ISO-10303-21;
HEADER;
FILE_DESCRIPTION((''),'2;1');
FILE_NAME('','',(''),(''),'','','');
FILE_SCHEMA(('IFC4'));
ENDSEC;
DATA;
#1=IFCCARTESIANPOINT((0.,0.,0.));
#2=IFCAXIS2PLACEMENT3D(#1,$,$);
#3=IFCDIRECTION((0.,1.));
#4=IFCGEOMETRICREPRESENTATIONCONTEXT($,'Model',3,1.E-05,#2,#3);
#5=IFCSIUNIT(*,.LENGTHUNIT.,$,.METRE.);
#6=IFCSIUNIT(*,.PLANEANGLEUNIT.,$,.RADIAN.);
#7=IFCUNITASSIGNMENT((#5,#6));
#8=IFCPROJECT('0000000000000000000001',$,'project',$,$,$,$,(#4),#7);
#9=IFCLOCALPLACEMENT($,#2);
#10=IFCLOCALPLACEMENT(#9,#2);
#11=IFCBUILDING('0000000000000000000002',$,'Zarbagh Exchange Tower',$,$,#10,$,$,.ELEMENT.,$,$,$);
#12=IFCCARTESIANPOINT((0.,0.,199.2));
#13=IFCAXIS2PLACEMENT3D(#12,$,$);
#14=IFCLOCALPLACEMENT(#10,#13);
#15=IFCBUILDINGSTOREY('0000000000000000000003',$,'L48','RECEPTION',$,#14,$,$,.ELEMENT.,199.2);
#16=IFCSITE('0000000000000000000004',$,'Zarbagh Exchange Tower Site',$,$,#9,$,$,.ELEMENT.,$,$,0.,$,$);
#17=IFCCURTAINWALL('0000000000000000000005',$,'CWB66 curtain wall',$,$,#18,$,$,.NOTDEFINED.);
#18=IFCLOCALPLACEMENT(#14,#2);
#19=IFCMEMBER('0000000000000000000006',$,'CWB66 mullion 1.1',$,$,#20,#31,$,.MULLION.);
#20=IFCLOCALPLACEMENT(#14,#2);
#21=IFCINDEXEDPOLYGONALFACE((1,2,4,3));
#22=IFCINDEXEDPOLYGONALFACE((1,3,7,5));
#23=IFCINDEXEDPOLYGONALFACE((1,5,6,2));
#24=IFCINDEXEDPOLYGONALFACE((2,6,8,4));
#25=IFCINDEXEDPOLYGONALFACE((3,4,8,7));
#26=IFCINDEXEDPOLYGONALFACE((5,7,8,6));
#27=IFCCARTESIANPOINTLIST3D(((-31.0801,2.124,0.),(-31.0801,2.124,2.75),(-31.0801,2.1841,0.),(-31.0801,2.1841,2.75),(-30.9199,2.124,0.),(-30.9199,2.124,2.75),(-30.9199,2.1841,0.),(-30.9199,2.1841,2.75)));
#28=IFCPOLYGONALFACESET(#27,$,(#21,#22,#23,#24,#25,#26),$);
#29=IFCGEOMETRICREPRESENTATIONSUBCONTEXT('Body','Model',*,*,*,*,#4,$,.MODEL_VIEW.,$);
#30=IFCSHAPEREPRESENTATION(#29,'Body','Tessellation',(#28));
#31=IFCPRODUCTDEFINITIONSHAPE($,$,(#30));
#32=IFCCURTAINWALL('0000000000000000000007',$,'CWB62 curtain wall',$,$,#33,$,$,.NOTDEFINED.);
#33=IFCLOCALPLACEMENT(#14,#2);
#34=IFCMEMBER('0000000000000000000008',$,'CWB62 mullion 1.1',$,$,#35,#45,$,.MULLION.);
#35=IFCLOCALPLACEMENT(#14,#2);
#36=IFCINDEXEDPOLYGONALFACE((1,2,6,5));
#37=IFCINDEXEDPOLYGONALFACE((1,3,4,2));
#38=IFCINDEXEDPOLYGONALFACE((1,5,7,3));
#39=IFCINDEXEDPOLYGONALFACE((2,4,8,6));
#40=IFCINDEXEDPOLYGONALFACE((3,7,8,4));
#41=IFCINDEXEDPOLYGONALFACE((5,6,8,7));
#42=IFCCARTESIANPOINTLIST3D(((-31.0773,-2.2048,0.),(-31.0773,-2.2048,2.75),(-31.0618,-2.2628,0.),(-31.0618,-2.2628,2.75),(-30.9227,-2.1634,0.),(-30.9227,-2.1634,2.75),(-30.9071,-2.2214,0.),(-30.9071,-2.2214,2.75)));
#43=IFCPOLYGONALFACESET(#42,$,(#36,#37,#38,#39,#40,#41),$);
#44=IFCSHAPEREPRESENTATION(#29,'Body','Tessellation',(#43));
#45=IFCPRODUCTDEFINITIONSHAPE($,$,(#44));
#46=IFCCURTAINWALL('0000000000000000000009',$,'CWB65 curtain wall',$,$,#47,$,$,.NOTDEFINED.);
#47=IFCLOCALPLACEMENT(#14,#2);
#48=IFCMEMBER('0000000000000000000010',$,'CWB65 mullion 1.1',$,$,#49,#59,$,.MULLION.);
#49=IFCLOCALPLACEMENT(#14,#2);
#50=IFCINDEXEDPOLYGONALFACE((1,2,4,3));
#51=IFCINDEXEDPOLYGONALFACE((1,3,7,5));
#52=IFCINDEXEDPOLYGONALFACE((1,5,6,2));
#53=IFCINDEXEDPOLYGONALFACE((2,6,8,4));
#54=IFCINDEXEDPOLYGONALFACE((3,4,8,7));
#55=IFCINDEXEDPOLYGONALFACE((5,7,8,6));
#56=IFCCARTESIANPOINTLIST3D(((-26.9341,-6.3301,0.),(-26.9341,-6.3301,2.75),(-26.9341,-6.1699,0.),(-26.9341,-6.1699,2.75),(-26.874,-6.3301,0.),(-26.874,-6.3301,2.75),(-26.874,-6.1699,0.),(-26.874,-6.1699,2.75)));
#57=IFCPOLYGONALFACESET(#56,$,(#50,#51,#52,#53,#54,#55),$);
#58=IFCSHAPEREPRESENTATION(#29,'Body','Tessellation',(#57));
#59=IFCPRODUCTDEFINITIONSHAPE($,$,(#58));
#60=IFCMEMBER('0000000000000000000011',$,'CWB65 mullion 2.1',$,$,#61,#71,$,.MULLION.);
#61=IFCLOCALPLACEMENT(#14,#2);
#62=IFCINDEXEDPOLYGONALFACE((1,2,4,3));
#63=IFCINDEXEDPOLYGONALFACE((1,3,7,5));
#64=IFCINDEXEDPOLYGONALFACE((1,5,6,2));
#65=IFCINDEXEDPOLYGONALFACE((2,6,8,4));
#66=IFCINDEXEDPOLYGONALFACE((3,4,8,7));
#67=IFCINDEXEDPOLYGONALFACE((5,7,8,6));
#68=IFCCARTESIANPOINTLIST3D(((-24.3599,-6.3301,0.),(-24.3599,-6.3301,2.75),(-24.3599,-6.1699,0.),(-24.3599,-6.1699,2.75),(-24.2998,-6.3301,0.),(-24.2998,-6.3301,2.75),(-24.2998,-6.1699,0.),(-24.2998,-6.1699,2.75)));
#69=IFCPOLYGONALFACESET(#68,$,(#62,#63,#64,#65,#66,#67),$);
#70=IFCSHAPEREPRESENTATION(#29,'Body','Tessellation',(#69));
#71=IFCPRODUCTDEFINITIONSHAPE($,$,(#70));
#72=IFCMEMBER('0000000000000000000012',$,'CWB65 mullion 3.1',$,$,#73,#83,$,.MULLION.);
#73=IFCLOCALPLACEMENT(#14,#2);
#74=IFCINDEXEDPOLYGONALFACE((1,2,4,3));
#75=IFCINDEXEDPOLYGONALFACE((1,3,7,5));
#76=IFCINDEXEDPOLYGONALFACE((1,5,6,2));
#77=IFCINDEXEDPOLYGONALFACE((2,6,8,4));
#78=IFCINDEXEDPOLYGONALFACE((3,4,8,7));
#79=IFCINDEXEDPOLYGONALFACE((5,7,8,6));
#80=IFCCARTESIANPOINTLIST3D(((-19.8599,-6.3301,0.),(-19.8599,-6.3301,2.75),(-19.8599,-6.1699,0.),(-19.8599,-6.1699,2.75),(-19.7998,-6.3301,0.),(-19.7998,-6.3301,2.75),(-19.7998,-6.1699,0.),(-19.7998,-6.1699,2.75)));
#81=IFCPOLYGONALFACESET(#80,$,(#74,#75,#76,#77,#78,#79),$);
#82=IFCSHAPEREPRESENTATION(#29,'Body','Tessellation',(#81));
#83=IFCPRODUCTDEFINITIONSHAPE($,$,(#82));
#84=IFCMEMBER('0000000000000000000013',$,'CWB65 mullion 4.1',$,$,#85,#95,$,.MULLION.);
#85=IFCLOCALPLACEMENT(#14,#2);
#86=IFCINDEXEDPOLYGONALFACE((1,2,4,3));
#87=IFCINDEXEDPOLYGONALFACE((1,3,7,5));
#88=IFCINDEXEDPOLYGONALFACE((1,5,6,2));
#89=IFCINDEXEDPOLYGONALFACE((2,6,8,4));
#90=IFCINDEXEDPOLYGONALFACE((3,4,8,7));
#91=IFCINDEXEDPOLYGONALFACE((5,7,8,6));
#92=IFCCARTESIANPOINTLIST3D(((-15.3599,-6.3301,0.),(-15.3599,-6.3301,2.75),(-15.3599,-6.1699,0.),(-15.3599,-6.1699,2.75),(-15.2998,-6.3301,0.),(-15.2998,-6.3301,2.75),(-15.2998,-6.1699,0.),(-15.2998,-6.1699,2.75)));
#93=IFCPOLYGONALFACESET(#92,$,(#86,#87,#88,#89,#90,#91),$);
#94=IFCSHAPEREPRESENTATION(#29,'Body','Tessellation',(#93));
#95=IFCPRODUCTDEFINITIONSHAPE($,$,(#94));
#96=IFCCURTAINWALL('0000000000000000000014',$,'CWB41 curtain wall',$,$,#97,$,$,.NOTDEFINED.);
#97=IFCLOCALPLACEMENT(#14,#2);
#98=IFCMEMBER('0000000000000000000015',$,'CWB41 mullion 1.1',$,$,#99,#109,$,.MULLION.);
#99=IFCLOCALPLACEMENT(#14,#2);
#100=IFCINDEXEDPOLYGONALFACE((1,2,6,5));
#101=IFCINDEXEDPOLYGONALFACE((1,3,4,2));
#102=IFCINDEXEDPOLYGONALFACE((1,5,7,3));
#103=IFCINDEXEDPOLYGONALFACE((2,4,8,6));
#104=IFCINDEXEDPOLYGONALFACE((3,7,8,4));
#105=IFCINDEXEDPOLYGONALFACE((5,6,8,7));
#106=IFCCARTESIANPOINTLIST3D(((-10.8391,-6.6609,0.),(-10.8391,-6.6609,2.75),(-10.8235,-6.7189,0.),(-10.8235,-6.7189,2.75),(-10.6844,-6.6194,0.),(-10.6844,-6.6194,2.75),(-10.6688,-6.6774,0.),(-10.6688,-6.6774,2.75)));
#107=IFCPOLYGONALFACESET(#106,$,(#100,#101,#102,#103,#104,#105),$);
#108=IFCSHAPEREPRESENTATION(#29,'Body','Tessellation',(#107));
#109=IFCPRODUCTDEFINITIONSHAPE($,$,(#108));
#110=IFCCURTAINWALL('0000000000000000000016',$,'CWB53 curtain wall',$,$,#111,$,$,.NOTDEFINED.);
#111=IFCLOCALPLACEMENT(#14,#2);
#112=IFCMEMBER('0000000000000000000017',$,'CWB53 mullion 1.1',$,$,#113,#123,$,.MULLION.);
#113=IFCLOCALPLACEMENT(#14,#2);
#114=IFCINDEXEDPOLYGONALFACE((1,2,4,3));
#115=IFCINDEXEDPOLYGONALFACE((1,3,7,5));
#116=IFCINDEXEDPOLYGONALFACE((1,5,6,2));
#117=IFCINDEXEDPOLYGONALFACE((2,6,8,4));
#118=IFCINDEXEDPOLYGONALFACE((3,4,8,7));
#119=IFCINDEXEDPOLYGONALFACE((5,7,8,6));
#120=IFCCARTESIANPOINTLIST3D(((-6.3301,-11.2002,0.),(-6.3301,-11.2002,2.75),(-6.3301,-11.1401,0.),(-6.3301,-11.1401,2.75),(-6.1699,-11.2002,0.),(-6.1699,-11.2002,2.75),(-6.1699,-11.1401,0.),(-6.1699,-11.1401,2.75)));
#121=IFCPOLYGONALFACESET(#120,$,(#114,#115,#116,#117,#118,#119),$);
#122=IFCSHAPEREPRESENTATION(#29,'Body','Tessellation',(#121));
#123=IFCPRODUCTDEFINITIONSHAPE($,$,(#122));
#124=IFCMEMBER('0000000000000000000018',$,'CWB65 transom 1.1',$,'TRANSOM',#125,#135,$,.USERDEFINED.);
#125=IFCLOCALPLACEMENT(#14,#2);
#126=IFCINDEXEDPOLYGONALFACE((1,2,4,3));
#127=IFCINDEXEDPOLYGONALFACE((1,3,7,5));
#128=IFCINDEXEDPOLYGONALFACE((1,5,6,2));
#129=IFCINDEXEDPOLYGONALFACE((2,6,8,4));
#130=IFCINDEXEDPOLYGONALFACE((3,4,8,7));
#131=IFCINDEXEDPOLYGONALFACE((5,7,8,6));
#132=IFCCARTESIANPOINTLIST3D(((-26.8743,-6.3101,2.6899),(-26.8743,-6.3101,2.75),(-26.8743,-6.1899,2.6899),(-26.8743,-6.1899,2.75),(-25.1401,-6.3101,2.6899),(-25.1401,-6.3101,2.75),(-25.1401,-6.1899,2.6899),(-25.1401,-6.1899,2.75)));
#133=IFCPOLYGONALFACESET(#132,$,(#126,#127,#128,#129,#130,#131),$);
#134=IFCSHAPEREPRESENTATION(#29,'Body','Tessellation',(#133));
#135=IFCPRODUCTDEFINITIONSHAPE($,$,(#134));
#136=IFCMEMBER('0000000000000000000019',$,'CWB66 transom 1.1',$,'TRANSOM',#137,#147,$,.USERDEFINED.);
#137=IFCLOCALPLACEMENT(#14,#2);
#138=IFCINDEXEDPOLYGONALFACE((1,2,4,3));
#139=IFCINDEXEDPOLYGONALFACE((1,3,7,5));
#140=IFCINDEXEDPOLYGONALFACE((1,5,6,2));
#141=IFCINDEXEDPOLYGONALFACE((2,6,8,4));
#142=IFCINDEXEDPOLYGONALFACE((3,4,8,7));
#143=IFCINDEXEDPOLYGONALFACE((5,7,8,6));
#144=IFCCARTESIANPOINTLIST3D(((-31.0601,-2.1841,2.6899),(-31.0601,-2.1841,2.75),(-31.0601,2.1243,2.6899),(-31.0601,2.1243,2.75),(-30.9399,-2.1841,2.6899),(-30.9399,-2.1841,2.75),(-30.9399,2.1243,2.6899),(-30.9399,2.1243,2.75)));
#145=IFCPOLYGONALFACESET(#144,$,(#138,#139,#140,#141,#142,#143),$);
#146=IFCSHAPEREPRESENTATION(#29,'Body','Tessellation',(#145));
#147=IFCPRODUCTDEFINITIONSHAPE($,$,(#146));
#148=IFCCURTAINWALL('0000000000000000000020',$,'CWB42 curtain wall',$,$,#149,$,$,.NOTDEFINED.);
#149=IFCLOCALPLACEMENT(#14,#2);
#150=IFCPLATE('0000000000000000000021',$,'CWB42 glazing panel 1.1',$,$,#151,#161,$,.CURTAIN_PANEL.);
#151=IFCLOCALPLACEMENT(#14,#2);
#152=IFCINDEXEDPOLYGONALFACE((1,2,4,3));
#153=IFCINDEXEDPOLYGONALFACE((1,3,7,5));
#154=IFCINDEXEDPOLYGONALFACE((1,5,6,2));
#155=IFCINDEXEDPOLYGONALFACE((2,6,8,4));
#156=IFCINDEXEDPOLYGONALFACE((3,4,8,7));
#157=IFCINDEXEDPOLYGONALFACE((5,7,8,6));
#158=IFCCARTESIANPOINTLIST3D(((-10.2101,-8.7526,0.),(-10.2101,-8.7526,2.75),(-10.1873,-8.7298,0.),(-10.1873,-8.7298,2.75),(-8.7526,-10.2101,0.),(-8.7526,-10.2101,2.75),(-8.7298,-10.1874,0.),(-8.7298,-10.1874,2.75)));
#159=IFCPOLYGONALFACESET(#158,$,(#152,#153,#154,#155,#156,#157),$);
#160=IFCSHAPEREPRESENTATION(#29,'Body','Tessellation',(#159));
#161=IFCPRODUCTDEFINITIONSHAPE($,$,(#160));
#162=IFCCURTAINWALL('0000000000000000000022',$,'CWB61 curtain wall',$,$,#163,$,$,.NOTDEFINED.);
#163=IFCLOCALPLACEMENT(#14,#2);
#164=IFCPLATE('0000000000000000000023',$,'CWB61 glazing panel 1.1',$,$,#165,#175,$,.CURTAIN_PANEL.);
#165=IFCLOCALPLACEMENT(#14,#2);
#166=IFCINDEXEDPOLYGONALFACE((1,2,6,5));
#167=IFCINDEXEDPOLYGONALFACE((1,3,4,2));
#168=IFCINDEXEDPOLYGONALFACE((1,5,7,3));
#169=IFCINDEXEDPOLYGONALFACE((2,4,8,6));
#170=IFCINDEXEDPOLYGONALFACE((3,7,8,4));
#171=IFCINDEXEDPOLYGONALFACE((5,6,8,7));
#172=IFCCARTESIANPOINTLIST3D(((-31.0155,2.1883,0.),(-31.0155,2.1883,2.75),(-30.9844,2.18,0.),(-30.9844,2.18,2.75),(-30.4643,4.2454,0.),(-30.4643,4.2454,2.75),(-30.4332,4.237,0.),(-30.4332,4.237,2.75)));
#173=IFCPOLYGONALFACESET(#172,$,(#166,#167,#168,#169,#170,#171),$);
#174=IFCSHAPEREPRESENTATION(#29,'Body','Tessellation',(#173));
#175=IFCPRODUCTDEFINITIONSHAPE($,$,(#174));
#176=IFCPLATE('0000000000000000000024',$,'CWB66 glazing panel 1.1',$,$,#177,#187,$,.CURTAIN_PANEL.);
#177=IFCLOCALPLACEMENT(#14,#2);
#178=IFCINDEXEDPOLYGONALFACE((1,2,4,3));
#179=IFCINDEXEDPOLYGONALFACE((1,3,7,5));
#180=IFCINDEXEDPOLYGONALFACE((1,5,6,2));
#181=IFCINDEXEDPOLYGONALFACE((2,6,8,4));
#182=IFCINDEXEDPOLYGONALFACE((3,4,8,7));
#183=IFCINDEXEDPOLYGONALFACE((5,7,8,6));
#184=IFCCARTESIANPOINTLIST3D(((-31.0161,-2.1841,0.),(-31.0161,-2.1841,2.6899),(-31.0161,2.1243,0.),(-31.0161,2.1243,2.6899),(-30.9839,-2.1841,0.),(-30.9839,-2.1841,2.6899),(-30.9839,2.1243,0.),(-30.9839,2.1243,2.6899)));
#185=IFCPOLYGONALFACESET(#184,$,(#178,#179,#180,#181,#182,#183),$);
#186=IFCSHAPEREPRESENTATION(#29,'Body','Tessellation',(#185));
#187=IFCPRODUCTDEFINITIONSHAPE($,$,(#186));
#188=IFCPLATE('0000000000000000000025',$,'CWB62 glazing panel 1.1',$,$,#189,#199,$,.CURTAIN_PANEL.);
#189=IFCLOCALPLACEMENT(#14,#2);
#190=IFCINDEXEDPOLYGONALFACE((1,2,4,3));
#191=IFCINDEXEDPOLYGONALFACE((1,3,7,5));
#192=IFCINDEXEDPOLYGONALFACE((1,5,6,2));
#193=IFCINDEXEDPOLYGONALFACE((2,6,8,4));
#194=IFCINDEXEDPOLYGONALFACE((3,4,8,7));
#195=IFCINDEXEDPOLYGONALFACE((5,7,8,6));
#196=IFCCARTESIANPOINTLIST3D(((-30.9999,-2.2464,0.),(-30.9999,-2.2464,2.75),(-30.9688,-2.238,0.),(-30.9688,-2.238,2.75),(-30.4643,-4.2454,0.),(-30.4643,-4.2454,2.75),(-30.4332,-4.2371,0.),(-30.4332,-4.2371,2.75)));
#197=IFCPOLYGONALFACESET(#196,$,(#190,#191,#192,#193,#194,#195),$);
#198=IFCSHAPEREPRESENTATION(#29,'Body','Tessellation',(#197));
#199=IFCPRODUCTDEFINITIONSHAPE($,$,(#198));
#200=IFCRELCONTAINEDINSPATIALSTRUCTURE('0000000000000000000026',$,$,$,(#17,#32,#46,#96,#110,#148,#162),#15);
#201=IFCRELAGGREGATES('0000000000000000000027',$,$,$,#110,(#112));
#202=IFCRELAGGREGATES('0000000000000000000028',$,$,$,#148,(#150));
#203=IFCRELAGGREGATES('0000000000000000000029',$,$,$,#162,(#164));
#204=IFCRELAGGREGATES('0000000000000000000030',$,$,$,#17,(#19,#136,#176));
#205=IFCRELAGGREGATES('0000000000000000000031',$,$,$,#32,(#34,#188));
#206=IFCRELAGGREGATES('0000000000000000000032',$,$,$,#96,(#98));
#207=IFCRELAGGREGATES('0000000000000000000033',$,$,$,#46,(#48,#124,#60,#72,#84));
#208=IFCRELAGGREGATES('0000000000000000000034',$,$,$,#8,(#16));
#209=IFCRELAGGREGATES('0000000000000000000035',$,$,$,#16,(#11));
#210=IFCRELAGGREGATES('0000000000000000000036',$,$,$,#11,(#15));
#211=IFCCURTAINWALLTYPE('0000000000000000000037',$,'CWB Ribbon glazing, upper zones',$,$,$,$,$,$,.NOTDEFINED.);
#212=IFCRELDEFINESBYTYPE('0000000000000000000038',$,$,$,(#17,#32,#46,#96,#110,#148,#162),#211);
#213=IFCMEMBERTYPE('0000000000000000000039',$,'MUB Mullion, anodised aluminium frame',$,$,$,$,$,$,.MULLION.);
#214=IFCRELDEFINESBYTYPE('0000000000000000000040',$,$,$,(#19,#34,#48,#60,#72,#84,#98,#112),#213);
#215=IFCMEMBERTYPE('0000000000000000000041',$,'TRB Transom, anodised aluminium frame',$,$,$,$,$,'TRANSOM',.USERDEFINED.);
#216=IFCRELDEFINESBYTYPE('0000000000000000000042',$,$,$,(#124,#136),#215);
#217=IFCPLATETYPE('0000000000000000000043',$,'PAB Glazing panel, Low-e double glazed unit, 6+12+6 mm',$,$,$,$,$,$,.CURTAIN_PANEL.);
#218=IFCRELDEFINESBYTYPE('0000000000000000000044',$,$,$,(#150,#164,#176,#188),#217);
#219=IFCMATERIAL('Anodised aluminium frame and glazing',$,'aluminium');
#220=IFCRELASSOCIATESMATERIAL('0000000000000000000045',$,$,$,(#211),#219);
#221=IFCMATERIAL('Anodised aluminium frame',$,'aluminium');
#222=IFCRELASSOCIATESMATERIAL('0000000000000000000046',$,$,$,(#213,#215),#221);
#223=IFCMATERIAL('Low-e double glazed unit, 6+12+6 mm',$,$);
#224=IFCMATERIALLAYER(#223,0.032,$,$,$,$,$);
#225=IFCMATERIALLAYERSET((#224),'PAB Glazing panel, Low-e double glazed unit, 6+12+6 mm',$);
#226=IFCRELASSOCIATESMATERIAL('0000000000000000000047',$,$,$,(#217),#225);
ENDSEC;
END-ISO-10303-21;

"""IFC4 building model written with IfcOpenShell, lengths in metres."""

from ifc_helpers import new_model, si_unit, direction, frame, origin, place, context, subcontext, project, spatial, polyline, outline, extrude, source, transform, mapped, material, layer, layer_set, type_object, element, aggregate, save


model = new_model("IFC4")

# Units and contexts
model_context = context("Model", 3, precision=1e-05, world=origin(), true_north=direction((0.0, 1.0)))
body_context = subcontext(model_context, "Body", "Model", "MODEL_VIEW")
ifc_project = project(units=[si_unit("LENGTHUNIT", "METRE"), si_unit("PLANEANGLEUNIT", "RADIAN")], contexts=[model_context])

# Site, building, storey
site_placement = place(None, origin())
site = spatial("IfcSite", under=ifc_project, at=site_placement, Name="Zarbagh Exchange Tower Site", CompositionType="ELEMENT", RefElevation=0.0)
building_placement = place(site_placement, origin())
building = spatial("IfcBuilding", under=site, at=building_placement, Name="Zarbagh Exchange Tower", CompositionType="ELEMENT")
storey_placement = place(building_placement, frame((0.0, 0.0, 199.2)))
storey = spatial("IfcBuildingStorey", under=building, at=storey_placement, Name="L48", Description="RECEPTION", CompositionType="ELEMENT", Elevation=199.2)

# Curtain walls, members
ifc_material_1 = material(Name="Anodised aluminium frame and glazing", Category="aluminium")
curtain_wall_type = type_object("IfcCurtainWallType", Name="CWB Ribbon glazing, upper zones", PredefinedType="NOTDEFINED", material=ifc_material_1)
curtain_wall_1_placement = place(storey_placement, origin())
curtain_wall_1 = element("IfcCurtainWall", 1, at=curtain_wall_1_placement, inside=storey, type_object=curtain_wall_type, Name="CWB66 curtain wall", PredefinedType="NOTDEFINED")
ifc_material_2 = material(Name="Anodised aluminium frame", Category="aluminium")
member_type_1 = type_object("IfcMemberType", Name="MUB Mullion, anodised aluminium frame", PredefinedType="MULLION", material=ifc_material_2)
shared_shape_1 = source(origin(), body_context, "Body", "SweptSolid", [
    extrude(outline(polyline([(0.0, -0.0801), (0.0601, -0.0801), (0.0601, 0.0801), (0.0, 0.0801), (0.0, -0.0801)])), origin(), (0.0, 0.0, 1.0), 2.75),
])
placement = place(storey_placement, origin())
member_1 = element("IfcMember", 2, at=placement, type_object=member_type_1, Name="CWB66 mullion 1.1", PredefinedType="MULLION", context=body_context, shape_type="MappedRepresentation", body=[
    mapped(shared_shape_1, transform((-31.0, 2.1841, 0.0), x_axis=(0.0, -1.0, 0.0), y_axis=(1.0, 0.0, 0.0), z_axis=(0.0, 0.0, 1.0))),
])
curtain_wall_2_placement = place(storey_placement, origin())
curtain_wall_2 = element("IfcCurtainWall", 3, at=curtain_wall_2_placement, inside=storey, type_object=curtain_wall_type, Name="CWB62 curtain wall", PredefinedType="NOTDEFINED")
member_2 = element("IfcMember", 4, at=placement, type_object=member_type_1, Name="CWB62 mullion 1.1", PredefinedType="MULLION", context=body_context, shape_type="MappedRepresentation", body=[
    mapped(shared_shape_1, transform((-31.0, -2.1841, 0.0), x_axis=(0.258825, -0.965924, 0.0), y_axis=(0.965924, 0.258825, 0.0), z_axis=(0.0, 0.0, 1.0))),
])

# Curtain wall, members
curtain_wall_3_placement = place(storey_placement, origin())
curtain_wall_3 = element("IfcCurtainWall", 5, at=curtain_wall_3_placement, inside=storey, type_object=curtain_wall_type, Name="CWB65 curtain wall", PredefinedType="NOTDEFINED")
member_3 = element("IfcMember", 6, at=placement, type_object=member_type_1, Name="CWB65 mullion 1.1", PredefinedType="MULLION", context=body_context, shape_type="MappedRepresentation", body=[
    mapped(shared_shape_1, transform((-26.9341, -6.25, 0.0), x_axis=(1.0, 0.0, 0.0), y_axis=(0.0, 1.0, 0.0), z_axis=(0.0, 0.0, 1.0))),
])
member_4 = element("IfcMember", 7, at=placement, type_object=member_type_1, Name="CWB65 mullion 2.1", PredefinedType="MULLION", context=body_context, shape_type="MappedRepresentation", body=[
    mapped(shared_shape_1, transform((-24.3599, -6.25, 0.0), x_axis=(1.0, 0.0, 0.0), y_axis=(0.0, 1.0, 0.0), z_axis=(0.0, 0.0, 1.0))),
])
member_5 = element("IfcMember", 8, at=placement, type_object=member_type_1, Name="CWB65 mullion 3.1", PredefinedType="MULLION", context=body_context, shape_type="MappedRepresentation", body=[
    mapped(shared_shape_1, transform((-19.8599, -6.25, 0.0), x_axis=(1.0, 0.0, 0.0), y_axis=(0.0, 1.0, 0.0), z_axis=(0.0, 0.0, 1.0))),
])
member_6 = element("IfcMember", 9, at=placement, type_object=member_type_1, Name="CWB65 mullion 4.1", PredefinedType="MULLION", context=body_context, shape_type="MappedRepresentation", body=[
    mapped(shared_shape_1, transform((-15.3599, -6.25, 0.0), x_axis=(1.0, 0.0, 0.0), y_axis=(0.0, 1.0, 0.0), z_axis=(0.0, 0.0, 1.0))),
])

# Curtain walls, members
curtain_wall_4_placement = place(storey_placement, origin())
curtain_wall_4 = element("IfcCurtainWall", 10, at=curtain_wall_4_placement, inside=storey, type_object=curtain_wall_type, Name="CWB41 curtain wall", PredefinedType="NOTDEFINED")
member_7 = element("IfcMember", 11, at=placement, type_object=member_type_1, Name="CWB41 mullion 1.1", PredefinedType="MULLION", context=body_context, shape_type="MappedRepresentation", body=[
    mapped(shared_shape_1, transform((-10.7617, -6.6401, 0.0), x_axis=(0.258825, -0.965924, 0.0), y_axis=(0.965924, 0.258825, 0.0), z_axis=(0.0, 0.0, 1.0))),
])
curtain_wall_5_placement = place(storey_placement, origin())
curtain_wall_5 = element("IfcCurtainWall", 12, at=curtain_wall_5_placement, inside=storey, type_object=curtain_wall_type, Name="CWB53 curtain wall", PredefinedType="NOTDEFINED")
member_8 = element("IfcMember", 13, at=placement, type_object=member_type_1, Name="CWB53 mullion 1.1", PredefinedType="MULLION", context=body_context, shape_type="MappedRepresentation", body=[
    mapped(shared_shape_1, transform((-6.25, -11.1401, 0.0), x_axis=(0.0, -1.0, 0.0), y_axis=(1.0, 0.0, 0.0), z_axis=(0.0, 0.0, 1.0))),
])
aggregate(curtain_wall_5, [member_8])

# Members
member_type_2 = type_object("IfcMemberType", Name="TRB Transom, anodised aluminium frame", ElementType="TRANSOM", PredefinedType="USERDEFINED", material=ifc_material_2)
shared_shape_2 = source(origin(), body_context, "Body", "SweptSolid", [
    extrude(outline(polyline([(-0.0601, -0.0601), (0.0, -0.0601), (0.0, 0.0601), (-0.0601, 0.0601), (-0.0601, -0.0601)])), origin(), (0.0, 0.0, 1.0), 1.7341),
])
member_9 = element("IfcMember", 14, at=placement, type_object=member_type_2, Name="CWB65 transom 1.1", ObjectType="TRANSOM", PredefinedType="USERDEFINED", context=body_context, shape_type="MappedRepresentation", body=[
    mapped(shared_shape_2, transform((-26.8743, -6.25, 2.75), x_axis=(0.0, 0.0, 1.0), y_axis=(0.0, -1.0, 0.0), z_axis=(1.0, 0.0, 0.0))),
])
shared_shape_3 = source(origin(), body_context, "Body", "SweptSolid", [
    extrude(outline(polyline([(-0.0601, -0.0601), (0.0, -0.0601), (0.0, 0.0601), (-0.0601, 0.0601), (-0.0601, -0.0601)])), origin(), (0.0, 0.0, 1.0), 4.3083),
])
member_10 = element("IfcMember", 15, at=placement, type_object=member_type_2, Name="CWB66 transom 1.1", ObjectType="TRANSOM", PredefinedType="USERDEFINED", context=body_context, shape_type="MappedRepresentation", body=[
    mapped(shared_shape_3, transform((-31.0, 2.1243, 2.75), x_axis=(0.0, 0.0, 1.0), y_axis=(-1.0, 0.0, 0.0), z_axis=(0.0, -1.0, 0.0))),
])

# Curtain walls, plates
curtain_wall_6_placement = place(storey_placement, origin())
curtain_wall_6 = element("IfcCurtainWall", 16, at=curtain_wall_6_placement, inside=storey, type_object=curtain_wall_type, Name="CWB42 curtain wall", PredefinedType="NOTDEFINED")
ifc_material_3 = material(Name="Low-e double glazed unit, 6+12+6 mm")
ifc_layer = layer(ifc_material_3, 0.032)
ifc_layer_set = layer_set([ifc_layer], Name="PAB Glazing panel, Low-e double glazed unit, 6+12+6 mm")
plate_type = type_object("IfcPlateType", Name="PAB Glazing panel, Low-e double glazed unit, 6+12+6 mm", PredefinedType="CURTAIN_PANEL", material=ifc_layer_set)
shared_shape_4 = source(origin(), body_context, "Body", "SweptSolid", [
    extrude(outline(polyline([(0.0, -0.0161), (2.0613, -0.0161), (2.0613, 0.0161), (0.0, 0.0161), (0.0, -0.0161)])), origin(), (0.0, 0.0, 1.0), 2.75),
])
plate_1 = element("IfcPlate", 17, at=placement, type_object=plate_type, Name="CWB42 glazing panel 1.1", PredefinedType="CURTAIN_PANEL", context=body_context, shape_type="MappedRepresentation", body=[
    mapped(shared_shape_4, transform((-10.1987, -8.7412, 0.0), x_axis=(0.707107, -0.707107, 0.0), y_axis=(0.707107, 0.707107, 0.0), z_axis=(0.0, 0.0, 1.0))),
])
aggregate(curtain_wall_6, [plate_1])
curtain_wall_7_placement = place(storey_placement, origin())
curtain_wall_7 = element("IfcCurtainWall", 18, at=curtain_wall_7_placement, inside=storey, type_object=curtain_wall_type, Name="CWB61 curtain wall", PredefinedType="NOTDEFINED")
shared_shape_5 = source(origin(), body_context, "Body", "SweptSolid", [
    extrude(outline(polyline([(0.0, -0.0161), (2.1296, -0.0161), (2.1296, 0.0161), (0.0, 0.0161), (0.0, -0.0161)])), origin(), (0.0, 0.0, 1.0), 2.75),
])
plate_2 = element("IfcPlate", 19, at=placement, type_object=plate_type, Name="CWB61 glazing panel 1.1", PredefinedType="CURTAIN_PANEL", context=body_context, shape_type="MappedRepresentation", body=[
    mapped(shared_shape_5, transform((-30.4487, 4.2412, 0.0), x_axis=(-0.258825, -0.965924, 0.0), y_axis=(0.965924, -0.258825, 0.0), z_axis=(0.0, 0.0, 1.0))),
])
aggregate(curtain_wall_7, [plate_2])

# Plates
shared_shape_6 = source(origin(), body_context, "Body", "SweptSolid", [
    extrude(outline(polyline([(0.0, -0.0161), (4.3083, -0.0161), (4.3083, 0.0161), (0.0, 0.0161), (0.0, -0.0161)])), origin(), (0.0, 0.0, 1.0), 2.6899),
])
plate_3 = element("IfcPlate", 20, at=placement, type_object=plate_type, Name="CWB66 glazing panel 1.1", PredefinedType="CURTAIN_PANEL", context=body_context, shape_type="MappedRepresentation", body=[
    mapped(shared_shape_6, transform((-31.0, 2.1243, 0.0), x_axis=(0.0, -1.0, 0.0), y_axis=(1.0, 0.0, 0.0), z_axis=(0.0, 0.0, 1.0))),
])
aggregate(curtain_wall_1, [member_1, member_10, plate_3])
shared_shape_7 = source(origin(), body_context, "Body", "SweptSolid", [
    extrude(outline(polyline([(0.0, -0.0161), (2.0696, -0.0161), (2.0696, 0.0161), (0.0, 0.0161), (0.0, -0.0161)])), origin(), (0.0, 0.0, 1.0), 2.75),
])
plate_4 = element("IfcPlate", 21, at=placement, type_object=plate_type, Name="CWB62 glazing panel 1.1", PredefinedType="CURTAIN_PANEL", context=body_context, shape_type="MappedRepresentation", body=[
    mapped(shared_shape_7, transform((-30.9844, -2.2422, 0.0), x_axis=(0.258825, -0.965924, 0.0), y_axis=(0.965924, 0.258825, 0.0), z_axis=(0.0, 0.0, 1.0))),
])
aggregate(curtain_wall_2, [member_2, plate_4])
aggregate(curtain_wall_4, [member_7])

aggregate(curtain_wall_3, [member_3, member_9, member_4, member_5, member_6])

save(model, "model.ifc")
